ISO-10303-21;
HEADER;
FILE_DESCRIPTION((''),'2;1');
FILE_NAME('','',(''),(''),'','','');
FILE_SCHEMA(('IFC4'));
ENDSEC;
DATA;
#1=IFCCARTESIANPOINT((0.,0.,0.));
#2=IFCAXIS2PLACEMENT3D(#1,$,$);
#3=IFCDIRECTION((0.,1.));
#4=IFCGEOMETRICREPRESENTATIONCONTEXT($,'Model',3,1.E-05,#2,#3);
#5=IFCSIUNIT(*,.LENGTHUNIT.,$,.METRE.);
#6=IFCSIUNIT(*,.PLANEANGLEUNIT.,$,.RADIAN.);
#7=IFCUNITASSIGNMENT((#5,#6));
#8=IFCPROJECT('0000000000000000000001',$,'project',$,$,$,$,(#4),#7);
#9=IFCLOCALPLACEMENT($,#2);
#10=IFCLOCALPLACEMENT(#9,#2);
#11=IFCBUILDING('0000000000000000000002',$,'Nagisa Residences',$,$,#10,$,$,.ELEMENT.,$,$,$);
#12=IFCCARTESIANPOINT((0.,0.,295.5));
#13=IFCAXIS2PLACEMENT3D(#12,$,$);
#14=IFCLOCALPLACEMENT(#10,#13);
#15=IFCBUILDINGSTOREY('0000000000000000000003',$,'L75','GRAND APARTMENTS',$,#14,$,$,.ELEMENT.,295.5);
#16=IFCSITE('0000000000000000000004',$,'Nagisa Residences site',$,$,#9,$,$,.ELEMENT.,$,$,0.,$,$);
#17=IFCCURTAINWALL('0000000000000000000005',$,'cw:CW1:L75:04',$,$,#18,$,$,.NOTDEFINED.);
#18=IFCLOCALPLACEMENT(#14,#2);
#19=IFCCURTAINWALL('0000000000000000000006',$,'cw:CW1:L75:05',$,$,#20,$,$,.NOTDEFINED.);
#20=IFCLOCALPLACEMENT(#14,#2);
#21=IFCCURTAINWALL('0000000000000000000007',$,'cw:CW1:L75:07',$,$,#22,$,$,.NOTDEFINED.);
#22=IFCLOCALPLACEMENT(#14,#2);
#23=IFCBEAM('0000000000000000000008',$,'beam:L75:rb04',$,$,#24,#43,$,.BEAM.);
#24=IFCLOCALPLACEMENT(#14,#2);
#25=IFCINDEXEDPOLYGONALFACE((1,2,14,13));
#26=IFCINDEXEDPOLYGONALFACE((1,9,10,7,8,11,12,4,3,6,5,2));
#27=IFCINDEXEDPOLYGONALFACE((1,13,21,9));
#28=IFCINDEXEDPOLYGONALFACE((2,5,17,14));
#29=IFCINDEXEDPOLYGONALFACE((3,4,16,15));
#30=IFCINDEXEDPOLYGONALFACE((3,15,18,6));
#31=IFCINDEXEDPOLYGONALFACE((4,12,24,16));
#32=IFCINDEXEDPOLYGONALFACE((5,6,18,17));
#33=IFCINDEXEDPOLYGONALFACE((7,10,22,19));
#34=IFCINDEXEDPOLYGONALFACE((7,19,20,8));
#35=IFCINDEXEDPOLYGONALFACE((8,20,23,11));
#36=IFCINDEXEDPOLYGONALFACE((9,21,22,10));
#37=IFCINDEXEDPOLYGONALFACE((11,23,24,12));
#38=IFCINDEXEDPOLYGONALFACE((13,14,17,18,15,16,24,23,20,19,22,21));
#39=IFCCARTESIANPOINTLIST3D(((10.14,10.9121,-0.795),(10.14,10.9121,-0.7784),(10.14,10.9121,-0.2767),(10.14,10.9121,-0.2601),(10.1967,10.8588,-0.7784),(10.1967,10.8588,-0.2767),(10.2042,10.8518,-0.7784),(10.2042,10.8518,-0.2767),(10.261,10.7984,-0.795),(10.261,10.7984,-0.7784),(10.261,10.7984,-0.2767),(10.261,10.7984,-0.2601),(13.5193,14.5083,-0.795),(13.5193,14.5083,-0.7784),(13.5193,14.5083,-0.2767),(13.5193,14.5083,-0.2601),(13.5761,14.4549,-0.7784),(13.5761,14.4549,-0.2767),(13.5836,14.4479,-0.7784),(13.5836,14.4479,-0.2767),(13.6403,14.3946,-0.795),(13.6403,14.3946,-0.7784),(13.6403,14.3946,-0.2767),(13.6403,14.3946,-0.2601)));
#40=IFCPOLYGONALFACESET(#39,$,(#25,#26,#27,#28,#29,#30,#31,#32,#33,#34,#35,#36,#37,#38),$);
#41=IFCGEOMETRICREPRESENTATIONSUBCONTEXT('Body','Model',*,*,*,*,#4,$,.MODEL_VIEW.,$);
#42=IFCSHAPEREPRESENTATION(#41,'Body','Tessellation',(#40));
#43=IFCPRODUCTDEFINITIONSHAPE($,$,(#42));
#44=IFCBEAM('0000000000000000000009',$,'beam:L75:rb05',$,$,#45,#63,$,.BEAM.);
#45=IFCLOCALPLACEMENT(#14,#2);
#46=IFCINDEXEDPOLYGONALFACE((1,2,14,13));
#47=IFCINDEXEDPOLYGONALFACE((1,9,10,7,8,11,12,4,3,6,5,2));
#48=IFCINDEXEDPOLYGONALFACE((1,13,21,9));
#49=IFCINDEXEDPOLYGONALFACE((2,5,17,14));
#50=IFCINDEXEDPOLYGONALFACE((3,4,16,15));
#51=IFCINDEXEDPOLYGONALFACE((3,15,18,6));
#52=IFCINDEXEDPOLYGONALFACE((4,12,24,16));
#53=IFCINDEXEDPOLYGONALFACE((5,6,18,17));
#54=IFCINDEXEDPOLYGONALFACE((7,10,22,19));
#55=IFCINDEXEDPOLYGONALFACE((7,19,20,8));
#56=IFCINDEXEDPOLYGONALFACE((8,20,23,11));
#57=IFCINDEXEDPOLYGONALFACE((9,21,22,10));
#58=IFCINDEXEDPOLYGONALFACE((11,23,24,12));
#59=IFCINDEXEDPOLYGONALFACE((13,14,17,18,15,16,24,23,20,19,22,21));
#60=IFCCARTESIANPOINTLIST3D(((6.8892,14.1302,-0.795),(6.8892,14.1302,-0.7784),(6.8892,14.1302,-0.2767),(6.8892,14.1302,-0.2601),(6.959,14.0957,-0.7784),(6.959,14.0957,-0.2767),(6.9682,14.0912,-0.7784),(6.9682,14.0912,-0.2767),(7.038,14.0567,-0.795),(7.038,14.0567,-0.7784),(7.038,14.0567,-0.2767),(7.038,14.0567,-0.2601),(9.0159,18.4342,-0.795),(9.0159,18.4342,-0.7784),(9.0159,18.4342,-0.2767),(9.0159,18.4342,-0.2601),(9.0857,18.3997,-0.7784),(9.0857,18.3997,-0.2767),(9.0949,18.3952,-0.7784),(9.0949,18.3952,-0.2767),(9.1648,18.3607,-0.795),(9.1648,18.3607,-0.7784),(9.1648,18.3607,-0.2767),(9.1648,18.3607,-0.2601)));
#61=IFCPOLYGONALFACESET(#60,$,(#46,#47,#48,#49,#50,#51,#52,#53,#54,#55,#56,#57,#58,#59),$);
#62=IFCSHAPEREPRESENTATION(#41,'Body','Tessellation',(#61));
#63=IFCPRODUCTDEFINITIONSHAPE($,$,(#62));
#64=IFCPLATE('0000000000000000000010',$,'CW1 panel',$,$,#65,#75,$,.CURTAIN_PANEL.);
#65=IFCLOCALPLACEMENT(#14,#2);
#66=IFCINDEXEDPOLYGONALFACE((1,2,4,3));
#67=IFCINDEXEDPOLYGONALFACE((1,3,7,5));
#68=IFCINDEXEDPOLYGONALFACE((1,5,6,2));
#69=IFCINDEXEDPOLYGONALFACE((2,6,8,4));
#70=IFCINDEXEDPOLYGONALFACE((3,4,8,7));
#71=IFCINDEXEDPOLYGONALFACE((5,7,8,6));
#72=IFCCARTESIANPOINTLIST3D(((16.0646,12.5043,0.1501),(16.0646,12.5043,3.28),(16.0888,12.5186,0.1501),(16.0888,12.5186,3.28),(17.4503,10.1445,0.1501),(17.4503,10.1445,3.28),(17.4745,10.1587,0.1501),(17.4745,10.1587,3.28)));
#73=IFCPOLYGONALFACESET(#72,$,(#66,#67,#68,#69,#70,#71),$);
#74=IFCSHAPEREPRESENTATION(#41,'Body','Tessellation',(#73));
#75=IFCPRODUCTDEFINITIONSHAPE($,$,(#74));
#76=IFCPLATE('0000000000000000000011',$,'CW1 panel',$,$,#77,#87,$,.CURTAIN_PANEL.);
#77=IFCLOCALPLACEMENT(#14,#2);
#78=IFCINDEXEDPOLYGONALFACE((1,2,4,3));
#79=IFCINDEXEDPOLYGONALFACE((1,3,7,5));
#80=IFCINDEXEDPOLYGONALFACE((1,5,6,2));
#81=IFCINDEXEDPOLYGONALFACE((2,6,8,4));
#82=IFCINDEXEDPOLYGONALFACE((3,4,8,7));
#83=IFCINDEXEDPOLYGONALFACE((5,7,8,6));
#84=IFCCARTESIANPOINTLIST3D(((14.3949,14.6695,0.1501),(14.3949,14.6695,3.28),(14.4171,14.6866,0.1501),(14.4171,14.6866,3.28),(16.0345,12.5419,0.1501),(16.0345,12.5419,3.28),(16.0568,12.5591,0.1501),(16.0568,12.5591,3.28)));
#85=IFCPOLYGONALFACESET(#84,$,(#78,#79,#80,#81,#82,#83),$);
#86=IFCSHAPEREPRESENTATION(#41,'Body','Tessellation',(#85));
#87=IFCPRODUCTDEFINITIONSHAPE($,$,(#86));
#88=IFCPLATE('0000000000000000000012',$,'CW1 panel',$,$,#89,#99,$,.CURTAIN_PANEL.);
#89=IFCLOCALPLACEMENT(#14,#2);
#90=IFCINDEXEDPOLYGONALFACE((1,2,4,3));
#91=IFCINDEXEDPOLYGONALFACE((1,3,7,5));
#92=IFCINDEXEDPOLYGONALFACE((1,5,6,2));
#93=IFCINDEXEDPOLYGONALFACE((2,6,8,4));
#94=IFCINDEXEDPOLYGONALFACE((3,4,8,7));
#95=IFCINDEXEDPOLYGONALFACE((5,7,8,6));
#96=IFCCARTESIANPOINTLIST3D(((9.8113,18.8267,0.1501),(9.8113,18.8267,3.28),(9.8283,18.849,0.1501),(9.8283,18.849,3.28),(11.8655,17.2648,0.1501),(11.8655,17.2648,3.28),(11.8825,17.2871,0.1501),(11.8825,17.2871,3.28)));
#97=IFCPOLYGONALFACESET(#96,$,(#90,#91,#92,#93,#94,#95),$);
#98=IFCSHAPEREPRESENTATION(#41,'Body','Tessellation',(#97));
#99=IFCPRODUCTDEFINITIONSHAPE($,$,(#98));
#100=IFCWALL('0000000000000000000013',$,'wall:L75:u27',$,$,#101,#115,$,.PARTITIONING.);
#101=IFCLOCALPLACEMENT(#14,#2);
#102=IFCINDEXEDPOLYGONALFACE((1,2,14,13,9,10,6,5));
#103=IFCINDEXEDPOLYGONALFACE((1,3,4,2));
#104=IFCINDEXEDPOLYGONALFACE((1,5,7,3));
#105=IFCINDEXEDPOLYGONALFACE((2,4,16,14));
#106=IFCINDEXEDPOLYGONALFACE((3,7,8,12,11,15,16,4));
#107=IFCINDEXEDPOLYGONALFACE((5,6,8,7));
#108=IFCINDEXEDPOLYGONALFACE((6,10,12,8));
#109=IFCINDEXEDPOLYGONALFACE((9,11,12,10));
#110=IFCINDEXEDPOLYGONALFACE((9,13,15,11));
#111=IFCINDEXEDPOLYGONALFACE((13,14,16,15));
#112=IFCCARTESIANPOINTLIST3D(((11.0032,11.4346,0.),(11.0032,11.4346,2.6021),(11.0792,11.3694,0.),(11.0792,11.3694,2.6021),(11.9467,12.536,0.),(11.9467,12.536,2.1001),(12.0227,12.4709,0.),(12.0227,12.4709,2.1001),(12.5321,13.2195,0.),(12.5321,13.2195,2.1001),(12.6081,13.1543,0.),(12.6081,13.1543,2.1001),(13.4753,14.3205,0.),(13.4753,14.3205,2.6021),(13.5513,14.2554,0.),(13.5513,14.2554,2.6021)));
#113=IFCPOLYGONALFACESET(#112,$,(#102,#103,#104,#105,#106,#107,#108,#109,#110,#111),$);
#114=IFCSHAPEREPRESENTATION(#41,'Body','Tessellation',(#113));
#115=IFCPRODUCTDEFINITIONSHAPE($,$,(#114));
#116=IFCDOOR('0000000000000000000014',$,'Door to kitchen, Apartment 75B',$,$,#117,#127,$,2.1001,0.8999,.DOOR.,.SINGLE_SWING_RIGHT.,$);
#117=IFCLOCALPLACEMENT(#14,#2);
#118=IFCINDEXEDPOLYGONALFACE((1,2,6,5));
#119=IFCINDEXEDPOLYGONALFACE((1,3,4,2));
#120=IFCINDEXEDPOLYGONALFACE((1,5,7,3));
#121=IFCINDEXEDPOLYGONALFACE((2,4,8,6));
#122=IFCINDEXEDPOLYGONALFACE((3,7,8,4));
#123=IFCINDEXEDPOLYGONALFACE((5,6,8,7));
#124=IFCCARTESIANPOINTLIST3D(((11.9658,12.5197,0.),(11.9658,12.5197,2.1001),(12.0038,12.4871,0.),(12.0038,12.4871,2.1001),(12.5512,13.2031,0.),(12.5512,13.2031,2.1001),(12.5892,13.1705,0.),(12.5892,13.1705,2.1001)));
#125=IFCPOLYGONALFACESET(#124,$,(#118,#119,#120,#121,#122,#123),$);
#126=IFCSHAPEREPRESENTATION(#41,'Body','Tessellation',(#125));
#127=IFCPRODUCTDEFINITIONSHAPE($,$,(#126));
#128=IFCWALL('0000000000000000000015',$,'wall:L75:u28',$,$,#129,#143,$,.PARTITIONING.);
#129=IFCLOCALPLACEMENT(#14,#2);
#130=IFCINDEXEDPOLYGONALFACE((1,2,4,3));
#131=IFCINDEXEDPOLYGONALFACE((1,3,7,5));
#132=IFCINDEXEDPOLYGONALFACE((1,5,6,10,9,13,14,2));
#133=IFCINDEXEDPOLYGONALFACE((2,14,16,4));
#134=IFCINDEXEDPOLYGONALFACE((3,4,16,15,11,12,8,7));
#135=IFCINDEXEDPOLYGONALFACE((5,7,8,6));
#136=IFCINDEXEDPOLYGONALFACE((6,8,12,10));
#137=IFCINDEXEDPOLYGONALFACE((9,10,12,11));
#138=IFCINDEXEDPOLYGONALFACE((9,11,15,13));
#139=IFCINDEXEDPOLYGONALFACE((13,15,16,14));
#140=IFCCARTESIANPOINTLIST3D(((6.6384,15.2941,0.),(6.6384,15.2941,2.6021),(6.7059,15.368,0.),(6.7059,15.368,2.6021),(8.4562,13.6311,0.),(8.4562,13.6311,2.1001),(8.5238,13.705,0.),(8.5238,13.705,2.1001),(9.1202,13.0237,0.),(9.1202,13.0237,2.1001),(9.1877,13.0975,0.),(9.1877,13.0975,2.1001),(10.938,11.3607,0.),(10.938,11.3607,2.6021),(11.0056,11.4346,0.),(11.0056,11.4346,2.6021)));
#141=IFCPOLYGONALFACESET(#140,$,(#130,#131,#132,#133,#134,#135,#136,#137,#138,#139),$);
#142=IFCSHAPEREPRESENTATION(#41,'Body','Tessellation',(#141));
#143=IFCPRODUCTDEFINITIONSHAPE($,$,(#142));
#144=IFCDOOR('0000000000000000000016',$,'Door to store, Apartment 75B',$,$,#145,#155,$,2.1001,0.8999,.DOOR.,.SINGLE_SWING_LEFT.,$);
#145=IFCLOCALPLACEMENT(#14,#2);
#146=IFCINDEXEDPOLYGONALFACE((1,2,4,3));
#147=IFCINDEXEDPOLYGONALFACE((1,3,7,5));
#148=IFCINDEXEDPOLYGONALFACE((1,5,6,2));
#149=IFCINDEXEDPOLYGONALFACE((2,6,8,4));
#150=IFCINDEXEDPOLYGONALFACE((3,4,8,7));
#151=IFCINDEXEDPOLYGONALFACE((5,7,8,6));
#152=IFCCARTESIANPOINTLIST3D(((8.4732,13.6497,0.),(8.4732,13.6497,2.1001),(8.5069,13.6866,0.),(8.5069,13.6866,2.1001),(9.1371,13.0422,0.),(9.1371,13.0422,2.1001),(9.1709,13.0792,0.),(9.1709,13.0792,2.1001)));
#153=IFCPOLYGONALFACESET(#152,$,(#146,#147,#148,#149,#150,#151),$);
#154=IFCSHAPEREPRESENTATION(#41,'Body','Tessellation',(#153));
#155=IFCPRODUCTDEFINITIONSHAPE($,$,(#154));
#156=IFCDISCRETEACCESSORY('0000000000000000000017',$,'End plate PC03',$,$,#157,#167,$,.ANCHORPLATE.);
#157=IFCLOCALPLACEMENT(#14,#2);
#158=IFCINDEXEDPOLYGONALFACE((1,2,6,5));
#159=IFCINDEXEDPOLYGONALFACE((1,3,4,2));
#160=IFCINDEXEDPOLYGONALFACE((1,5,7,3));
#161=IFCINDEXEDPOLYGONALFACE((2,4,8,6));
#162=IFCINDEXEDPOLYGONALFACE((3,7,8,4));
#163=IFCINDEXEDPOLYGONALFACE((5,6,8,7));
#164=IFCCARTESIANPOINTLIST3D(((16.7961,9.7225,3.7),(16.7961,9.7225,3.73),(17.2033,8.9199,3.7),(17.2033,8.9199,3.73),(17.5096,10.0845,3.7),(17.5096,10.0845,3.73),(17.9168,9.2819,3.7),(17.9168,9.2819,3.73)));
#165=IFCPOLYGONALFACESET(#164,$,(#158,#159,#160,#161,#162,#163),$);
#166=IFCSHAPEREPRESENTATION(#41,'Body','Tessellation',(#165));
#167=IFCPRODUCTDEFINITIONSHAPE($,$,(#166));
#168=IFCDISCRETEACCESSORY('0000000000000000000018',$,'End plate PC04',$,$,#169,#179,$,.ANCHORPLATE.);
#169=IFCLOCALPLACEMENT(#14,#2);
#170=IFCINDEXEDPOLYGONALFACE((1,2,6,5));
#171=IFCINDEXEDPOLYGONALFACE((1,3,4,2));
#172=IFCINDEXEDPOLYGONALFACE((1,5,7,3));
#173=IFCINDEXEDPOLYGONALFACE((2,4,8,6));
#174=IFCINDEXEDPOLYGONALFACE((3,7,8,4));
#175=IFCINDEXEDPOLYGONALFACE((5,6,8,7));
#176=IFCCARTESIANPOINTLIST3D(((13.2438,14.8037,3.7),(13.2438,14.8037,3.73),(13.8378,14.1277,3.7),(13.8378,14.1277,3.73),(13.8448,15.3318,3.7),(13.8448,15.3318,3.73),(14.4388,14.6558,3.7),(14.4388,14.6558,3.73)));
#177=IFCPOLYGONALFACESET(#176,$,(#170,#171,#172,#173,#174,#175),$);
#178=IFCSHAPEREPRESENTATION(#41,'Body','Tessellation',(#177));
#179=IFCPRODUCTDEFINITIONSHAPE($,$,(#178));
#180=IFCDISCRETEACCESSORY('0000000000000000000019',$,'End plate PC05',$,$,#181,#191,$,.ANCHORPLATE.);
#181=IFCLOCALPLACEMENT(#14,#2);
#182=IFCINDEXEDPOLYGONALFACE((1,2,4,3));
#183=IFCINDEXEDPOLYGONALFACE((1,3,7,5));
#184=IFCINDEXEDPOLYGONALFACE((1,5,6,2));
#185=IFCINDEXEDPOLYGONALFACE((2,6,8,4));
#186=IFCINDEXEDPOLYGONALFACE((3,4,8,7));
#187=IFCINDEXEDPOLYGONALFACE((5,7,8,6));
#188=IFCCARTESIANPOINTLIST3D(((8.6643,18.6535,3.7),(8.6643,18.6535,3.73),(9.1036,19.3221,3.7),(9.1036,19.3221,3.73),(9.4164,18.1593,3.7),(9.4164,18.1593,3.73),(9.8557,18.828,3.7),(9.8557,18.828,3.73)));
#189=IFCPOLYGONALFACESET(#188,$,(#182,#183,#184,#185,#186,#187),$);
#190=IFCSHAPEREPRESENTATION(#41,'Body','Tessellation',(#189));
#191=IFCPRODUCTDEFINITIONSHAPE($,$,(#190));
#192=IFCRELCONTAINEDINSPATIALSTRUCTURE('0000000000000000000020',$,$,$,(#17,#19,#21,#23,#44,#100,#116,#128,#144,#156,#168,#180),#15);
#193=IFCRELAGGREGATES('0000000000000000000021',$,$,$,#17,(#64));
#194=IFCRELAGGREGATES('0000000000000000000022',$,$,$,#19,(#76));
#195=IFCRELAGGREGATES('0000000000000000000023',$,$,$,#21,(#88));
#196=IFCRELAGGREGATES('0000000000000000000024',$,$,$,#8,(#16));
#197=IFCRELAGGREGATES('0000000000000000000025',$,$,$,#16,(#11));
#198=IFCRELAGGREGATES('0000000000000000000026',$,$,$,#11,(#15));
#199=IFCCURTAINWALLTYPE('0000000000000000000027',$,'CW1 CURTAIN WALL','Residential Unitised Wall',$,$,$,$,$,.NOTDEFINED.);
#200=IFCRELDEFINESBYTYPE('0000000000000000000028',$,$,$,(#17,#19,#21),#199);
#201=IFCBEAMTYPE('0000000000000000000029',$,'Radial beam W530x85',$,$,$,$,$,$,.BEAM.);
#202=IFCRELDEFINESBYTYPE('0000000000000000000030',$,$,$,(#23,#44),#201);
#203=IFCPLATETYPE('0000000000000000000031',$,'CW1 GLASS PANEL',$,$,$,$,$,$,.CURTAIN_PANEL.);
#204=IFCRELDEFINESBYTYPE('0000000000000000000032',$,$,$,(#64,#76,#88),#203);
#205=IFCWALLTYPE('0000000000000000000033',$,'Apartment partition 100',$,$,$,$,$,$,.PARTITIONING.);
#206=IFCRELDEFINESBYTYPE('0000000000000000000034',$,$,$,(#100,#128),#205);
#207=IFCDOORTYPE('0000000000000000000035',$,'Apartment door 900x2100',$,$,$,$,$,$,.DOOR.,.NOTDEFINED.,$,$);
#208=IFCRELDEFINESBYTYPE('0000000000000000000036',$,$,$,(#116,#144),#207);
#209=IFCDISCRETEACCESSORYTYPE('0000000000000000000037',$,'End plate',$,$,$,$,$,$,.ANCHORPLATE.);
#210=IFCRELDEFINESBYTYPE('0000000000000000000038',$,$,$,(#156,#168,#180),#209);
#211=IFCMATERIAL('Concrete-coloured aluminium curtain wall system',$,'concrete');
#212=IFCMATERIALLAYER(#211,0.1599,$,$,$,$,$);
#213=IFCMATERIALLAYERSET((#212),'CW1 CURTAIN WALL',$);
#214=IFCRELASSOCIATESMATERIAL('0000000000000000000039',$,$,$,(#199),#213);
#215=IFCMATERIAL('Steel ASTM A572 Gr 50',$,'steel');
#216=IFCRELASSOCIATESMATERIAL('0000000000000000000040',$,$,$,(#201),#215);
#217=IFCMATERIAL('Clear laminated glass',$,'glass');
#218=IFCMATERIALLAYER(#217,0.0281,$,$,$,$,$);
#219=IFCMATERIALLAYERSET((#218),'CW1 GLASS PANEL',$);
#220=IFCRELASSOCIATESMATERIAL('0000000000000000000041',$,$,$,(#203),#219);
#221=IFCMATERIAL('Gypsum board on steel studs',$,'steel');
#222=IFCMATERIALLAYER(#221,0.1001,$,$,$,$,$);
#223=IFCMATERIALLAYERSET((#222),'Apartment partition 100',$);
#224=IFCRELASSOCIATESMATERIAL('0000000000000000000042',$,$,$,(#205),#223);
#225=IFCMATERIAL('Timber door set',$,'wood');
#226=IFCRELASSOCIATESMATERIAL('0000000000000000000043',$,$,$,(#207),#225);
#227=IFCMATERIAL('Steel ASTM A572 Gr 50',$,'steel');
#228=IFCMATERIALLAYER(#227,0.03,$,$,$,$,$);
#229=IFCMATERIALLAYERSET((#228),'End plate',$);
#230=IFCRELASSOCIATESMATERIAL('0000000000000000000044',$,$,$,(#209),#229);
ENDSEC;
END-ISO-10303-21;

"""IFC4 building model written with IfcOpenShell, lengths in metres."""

from ifc_helpers import new_model, si_unit, direction, frame, frame_2d, origin, origin_2d, place, context, subcontext, project, spatial, rectangle, i_section, extrude, material, layer, layer_set, material_profile, profile_set, type_object, element, fill, aggregate, save


model = new_model("IFC4")

# Units and contexts
model_context = context("Model", 3, precision=1e-05, world=origin(), true_north=direction((0.0, 1.0)))
body_context = subcontext(model_context, "Body", "Model", "MODEL_VIEW")
ifc_project = project(units=[si_unit("LENGTHUNIT", "METRE"), si_unit("PLANEANGLEUNIT", "RADIAN")], contexts=[model_context])

# Site, building, storey
site_placement = place(None, origin())
site = spatial("IfcSite", under=ifc_project, at=site_placement, Name="Nagisa Residences site", CompositionType="ELEMENT", RefElevation=0.0)
building_placement = place(site_placement, origin())
building = spatial("IfcBuilding", under=site, at=building_placement, Name="Nagisa Residences", CompositionType="ELEMENT")
storey_placement = place(building_placement, frame((0.0, 0.0, 295.5)))
storey = spatial("IfcBuildingStorey", under=building, at=storey_placement, Name="L75", Description="GRAND APARTMENTS", CompositionType="ELEMENT", Elevation=295.5)

# Curtain walls
ifc_material_1 = material(Name="Concrete-coloured aluminium curtain wall system", Category="concrete")
ifc_layer_1 = layer(ifc_material_1, 0.1599)
ifc_layer_set_1 = layer_set([ifc_layer_1], Name="CW1 CURTAIN WALL")
curtain_wall_type = type_object("IfcCurtainWallType", Name="CW1 CURTAIN WALL", Description="Residential Unitised Wall", PredefinedType="NOTDEFINED", material=ifc_layer_set_1)
curtain_wall_1_placement = place(storey_placement, origin())
curtain_wall_1 = element("IfcCurtainWall", 1, at=curtain_wall_1_placement, inside=storey, type_object=curtain_wall_type, Name="cw:CW1:L75:04", PredefinedType="NOTDEFINED")
curtain_wall_2_placement = place(storey_placement, origin())
curtain_wall_2 = element("IfcCurtainWall", 2, at=curtain_wall_2_placement, inside=storey, type_object=curtain_wall_type, Name="cw:CW1:L75:05", PredefinedType="NOTDEFINED")
curtain_wall_3_placement = place(storey_placement, origin())
curtain_wall_3 = element("IfcCurtainWall", 3, at=curtain_wall_3_placement, inside=storey, type_object=curtain_wall_type, Name="cw:CW1:L75:07", PredefinedType="NOTDEFINED")

# Beams
ifc_material_2 = material(Name="Steel ASTM A572 Gr 50", Category="steel")
ifc_material_profile_1 = material_profile(ifc_material_2, i_section(OverallWidth=0.166, OverallDepth=0.5349, WebThickness=0.0103, FlangeThickness=0.0166, at=origin_2d()), Name="W530x85")
ifc_profile_set_1 = profile_set([ifc_material_profile_1], Name="Steel ASTM A572 Gr 50")
beam_type_1 = type_object("IfcBeamType", Name="Radial beam W530x85", PredefinedType="BEAM", material=ifc_profile_set_1)
beam_1_placement = place(storey_placement, frame((13.5798, 14.4514, -0.5276), z_axis=(-0.6848, -0.728731, 0.0), x_axis=(0.728731, -0.6848, 0.0)))
element("IfcBeam", 4, at=beam_1_placement, inside=storey, type_object=beam_type_1, Name="beam:L75:rb04", PredefinedType="BEAM", context=body_context, shape_type="SweptSolid", body=[
    extrude(i_section(OverallWidth=0.166, OverallDepth=0.5349, WebThickness=0.0103, FlangeThickness=0.0166, at=origin_2d()), origin(), (0.0, 0.0, 1.0), 4.9348),
])
beam_2_placement = place(storey_placement, frame((9.0903, 18.3975, -0.5276), z_axis=(-0.442998, -0.896523, 0.0), x_axis=(0.896523, -0.442998, 0.0)))
element("IfcBeam", 5, at=beam_2_placement, inside=storey, type_object=beam_type_1, Name="beam:L75:rb05", PredefinedType="BEAM", context=body_context, shape_type="SweptSolid", body=[
    extrude(i_section(OverallWidth=0.166, OverallDepth=0.5349, WebThickness=0.0103, FlangeThickness=0.0166, at=origin_2d()), origin(), (0.0, 0.0, 1.0), 4.8008),
])

# Plates
ifc_material_3 = material(Name="Clear laminated glass", Category="glass")
ifc_layer_2 = layer(ifc_material_3, 0.0281)
ifc_layer_set_2 = layer_set([ifc_layer_2], Name="CW1 GLASS PANEL")
plate_type = type_object("IfcPlateType", Name="CW1 GLASS PANEL", PredefinedType="CURTAIN_PANEL", material=ifc_layer_set_2)
plate_1_placement = place(storey_placement, frame((16.7695, 11.3315, 0.1501), z_axis=(0.0, 0.0, 1.0), x_axis=(-0.506349, 0.862329, 0.0)))
plate_1 = element("IfcPlate", 6, at=plate_1_placement, type_object=plate_type, Name="CW1 panel", PredefinedType="CURTAIN_PANEL", context=body_context, shape_type="SweptSolid", body=[
    extrude(rectangle(XDim=2.7366, YDim=0.0281, at=origin_2d()), origin(), (0.0, 0.0, 1.0), 3.1299),
])
aggregate(curtain_wall_1, [plate_1])
plate_2_placement = place(storey_placement, frame((15.2258, 13.6143, 0.1501), z_axis=(0.0, 0.0, 1.0), x_axis=(-0.61043, 0.79207, 0.0)))
plate_2 = element("IfcPlate", 7, at=plate_2_placement, type_object=plate_type, Name="CW1 panel", PredefinedType="CURTAIN_PANEL", context=body_context, shape_type="SweptSolid", body=[
    extrude(rectangle(XDim=2.686, YDim=0.0281, at=origin_2d()), origin(), (0.0, 0.0, 1.0), 3.1299),
])
aggregate(curtain_wall_2, [plate_2])
plate_3_placement = place(storey_placement, frame((10.8469, 18.0569, 0.1501), z_axis=(0.0, 0.0, 1.0), x_axis=(-0.796031, 0.605255, 0.0)))
plate_3 = element("IfcPlate", 8, at=plate_3_placement, type_object=plate_type, Name="CW1 panel", PredefinedType="CURTAIN_PANEL", context=body_context, shape_type="SweptSolid", body=[
    extrude(rectangle(XDim=2.5806, YDim=0.0281, at=origin_2d()), origin(), (0.0, 0.0, 1.0), 3.1299),
])
aggregate(curtain_wall_3, [plate_3])

# Walls, openings, doors
ifc_material_4 = material(Name="Gypsum board on steel studs", Category="steel")
ifc_layer_3 = layer(ifc_material_4, 0.1001)
ifc_layer_set_3 = layer_set([ifc_layer_3], Name="Apartment partition 100")
wall_type_1 = type_object("IfcWallType", Name="Apartment partition 100", PredefinedType="PARTITIONING", material=ifc_layer_set_3)
wall_1_placement = place(storey_placement, frame((11.0413, 11.4021, 0.0), z_axis=(0.0, 0.0, 1.0), x_axis=(0.650559, 0.759456, 0.0)))
wall_1 = element("IfcWall", 9, at=wall_1_placement, inside=storey, type_object=wall_type_1, Name="wall:L75:u27", PredefinedType="PARTITIONING", context=body_context, shape_type="SweptSolid", body=[
    extrude(rectangle(XDim=3.8, YDim=0.1001, at=frame_2d((1.8999, 0.0))), origin(), (0.0, 0.0, 1.0), 2.6021),
])
opening_1_placement = place(wall_1_placement, frame((1.4502, 0.0, 0.0)))
opening_1 = element("IfcOpeningElement", 10, at=opening_1_placement, cuts=wall_1, PredefinedType="OPENING", context=body_context, shape_type="SweptSolid", body=[
    extrude(rectangle(XDim=0.8999, YDim=2.1001, at=frame_2d((0.45, 1.05))), frame((0.0, 0.0601, 0.0), z_axis=(0.0, -1.0, 0.0), x_axis=(1.0, 0.0, 0.0)), (0.0, 0.0, 1.0), 0.1201),
])
ifc_material_5 = material(Name="Timber door set", Category="wood")
door_type_1 = type_object("IfcDoorType", Name="Apartment door 900x2100", OperationType="NOTDEFINED", PredefinedType="DOOR", material=ifc_material_5)
door_1_placement = place(opening_1_placement, origin())
door_1 = element("IfcDoor", 11, at=door_1_placement, inside=storey, type_object=door_type_1, Name="Door to kitchen, Apartment 75B", OperationType="SINGLE_SWING_RIGHT", OverallHeight=2.1001, OverallWidth=0.8999, PredefinedType="DOOR", context=body_context, shape_type="SweptSolid", body=[
    extrude(rectangle(XDim=0.8999, YDim=2.1001, at=frame_2d((0.45, 1.05))), frame((0.0, 0.0249, 0.0), z_axis=(0.0, -1.0, 0.0), x_axis=(1.0, 0.0, 0.0)), (0.0, 0.0, 1.0), 0.05),
])
fill(opening_1, door_1)
wall_2_placement = place(storey_placement, frame((10.9717, 11.3977, 0.0), z_axis=(0.0, 0.0, 1.0), x_axis=(-0.73783, 0.674986, 0.0)))
wall_2 = element("IfcWall", 12, at=wall_2_placement, inside=storey, type_object=wall_type_1, Name="wall:L75:u28", PredefinedType="PARTITIONING", context=body_context, shape_type="SweptSolid", body=[
    extrude(rectangle(XDim=5.8274, YDim=0.1001, at=frame_2d((2.9136, 0.0))), origin(), (0.0, 0.0, 1.0), 2.6021),
])
opening_2_placement = place(wall_2_placement, frame((2.4636, 0.0, 0.0)))
opening_2 = element("IfcOpeningElement", 13, at=opening_2_placement, cuts=wall_2, PredefinedType="OPENING", context=body_context, shape_type="SweptSolid", body=[
    extrude(rectangle(XDim=0.8999, YDim=2.1001, at=frame_2d((0.45, 1.05))), frame((0.0, 0.0601, 0.0), z_axis=(0.0, -1.0, 0.0), x_axis=(1.0, 0.0, 0.0)), (0.0, 0.0, 1.0), 0.1201),
])
door_2_placement = place(opening_2_placement, origin())
door_2 = element("IfcDoor", 14, at=door_2_placement, inside=storey, type_object=door_type_1, Name="Door to store, Apartment 75B", OperationType="SINGLE_SWING_LEFT", OverallHeight=2.1001, OverallWidth=0.8999, PredefinedType="DOOR", context=body_context, shape_type="SweptSolid", body=[
    extrude(rectangle(XDim=0.8999, YDim=2.1001, at=frame_2d((0.45, 1.05))), frame((0.0, 0.0249, 0.0), z_axis=(0.0, -1.0, 0.0), x_axis=(1.0, 0.0, 0.0)), (0.0, 0.0, 1.0), 0.05),
])
fill(opening_2, door_2)

# Discrete accessories
ifc_material_6 = material(Name="Steel ASTM A572 Gr 50", Category="steel")
ifc_layer_4 = layer(ifc_material_6, 0.03)
ifc_layer_set_4 = layer_set([ifc_layer_4], Name="End plate")
discrete_accessory_type = type_object("IfcDiscreteAccessoryType", Name="End plate", PredefinedType="ANCHORPLATE", material=ifc_layer_set_4)
for number, where, z_axis, x_axis, name in (
    (15, (17.3564, 9.5022, 3.7), (0.0, 0.0, 1.0), (-0.452463, 0.891783, 0.0), "End plate PC03"),
    (16, (13.8413, 14.7297, 3.7), (0.0, 0.0, 1.0), (-0.660115, 0.751165, 0.0), "End plate PC04"),
    (17, (9.26, 18.7407, 3.7), (0.0, 0.0, 1.0), (-0.835766, 0.549086, 0.0), "End plate PC05"),
):
    element("IfcDiscreteAccessory", number, at=place(storey_placement, frame(where, z_axis=z_axis, x_axis=x_axis)), inside=storey, type_object=discrete_accessory_type, Name=name, PredefinedType="ANCHORPLATE", context=body_context, shape_type="SweptSolid", body=[
        extrude(rectangle(XDim=0.8999, YDim=0.8, at=origin_2d()), origin(), (0.0, 0.0, 1.0), 0.03),
    ])

save(model, "model.ifc")
